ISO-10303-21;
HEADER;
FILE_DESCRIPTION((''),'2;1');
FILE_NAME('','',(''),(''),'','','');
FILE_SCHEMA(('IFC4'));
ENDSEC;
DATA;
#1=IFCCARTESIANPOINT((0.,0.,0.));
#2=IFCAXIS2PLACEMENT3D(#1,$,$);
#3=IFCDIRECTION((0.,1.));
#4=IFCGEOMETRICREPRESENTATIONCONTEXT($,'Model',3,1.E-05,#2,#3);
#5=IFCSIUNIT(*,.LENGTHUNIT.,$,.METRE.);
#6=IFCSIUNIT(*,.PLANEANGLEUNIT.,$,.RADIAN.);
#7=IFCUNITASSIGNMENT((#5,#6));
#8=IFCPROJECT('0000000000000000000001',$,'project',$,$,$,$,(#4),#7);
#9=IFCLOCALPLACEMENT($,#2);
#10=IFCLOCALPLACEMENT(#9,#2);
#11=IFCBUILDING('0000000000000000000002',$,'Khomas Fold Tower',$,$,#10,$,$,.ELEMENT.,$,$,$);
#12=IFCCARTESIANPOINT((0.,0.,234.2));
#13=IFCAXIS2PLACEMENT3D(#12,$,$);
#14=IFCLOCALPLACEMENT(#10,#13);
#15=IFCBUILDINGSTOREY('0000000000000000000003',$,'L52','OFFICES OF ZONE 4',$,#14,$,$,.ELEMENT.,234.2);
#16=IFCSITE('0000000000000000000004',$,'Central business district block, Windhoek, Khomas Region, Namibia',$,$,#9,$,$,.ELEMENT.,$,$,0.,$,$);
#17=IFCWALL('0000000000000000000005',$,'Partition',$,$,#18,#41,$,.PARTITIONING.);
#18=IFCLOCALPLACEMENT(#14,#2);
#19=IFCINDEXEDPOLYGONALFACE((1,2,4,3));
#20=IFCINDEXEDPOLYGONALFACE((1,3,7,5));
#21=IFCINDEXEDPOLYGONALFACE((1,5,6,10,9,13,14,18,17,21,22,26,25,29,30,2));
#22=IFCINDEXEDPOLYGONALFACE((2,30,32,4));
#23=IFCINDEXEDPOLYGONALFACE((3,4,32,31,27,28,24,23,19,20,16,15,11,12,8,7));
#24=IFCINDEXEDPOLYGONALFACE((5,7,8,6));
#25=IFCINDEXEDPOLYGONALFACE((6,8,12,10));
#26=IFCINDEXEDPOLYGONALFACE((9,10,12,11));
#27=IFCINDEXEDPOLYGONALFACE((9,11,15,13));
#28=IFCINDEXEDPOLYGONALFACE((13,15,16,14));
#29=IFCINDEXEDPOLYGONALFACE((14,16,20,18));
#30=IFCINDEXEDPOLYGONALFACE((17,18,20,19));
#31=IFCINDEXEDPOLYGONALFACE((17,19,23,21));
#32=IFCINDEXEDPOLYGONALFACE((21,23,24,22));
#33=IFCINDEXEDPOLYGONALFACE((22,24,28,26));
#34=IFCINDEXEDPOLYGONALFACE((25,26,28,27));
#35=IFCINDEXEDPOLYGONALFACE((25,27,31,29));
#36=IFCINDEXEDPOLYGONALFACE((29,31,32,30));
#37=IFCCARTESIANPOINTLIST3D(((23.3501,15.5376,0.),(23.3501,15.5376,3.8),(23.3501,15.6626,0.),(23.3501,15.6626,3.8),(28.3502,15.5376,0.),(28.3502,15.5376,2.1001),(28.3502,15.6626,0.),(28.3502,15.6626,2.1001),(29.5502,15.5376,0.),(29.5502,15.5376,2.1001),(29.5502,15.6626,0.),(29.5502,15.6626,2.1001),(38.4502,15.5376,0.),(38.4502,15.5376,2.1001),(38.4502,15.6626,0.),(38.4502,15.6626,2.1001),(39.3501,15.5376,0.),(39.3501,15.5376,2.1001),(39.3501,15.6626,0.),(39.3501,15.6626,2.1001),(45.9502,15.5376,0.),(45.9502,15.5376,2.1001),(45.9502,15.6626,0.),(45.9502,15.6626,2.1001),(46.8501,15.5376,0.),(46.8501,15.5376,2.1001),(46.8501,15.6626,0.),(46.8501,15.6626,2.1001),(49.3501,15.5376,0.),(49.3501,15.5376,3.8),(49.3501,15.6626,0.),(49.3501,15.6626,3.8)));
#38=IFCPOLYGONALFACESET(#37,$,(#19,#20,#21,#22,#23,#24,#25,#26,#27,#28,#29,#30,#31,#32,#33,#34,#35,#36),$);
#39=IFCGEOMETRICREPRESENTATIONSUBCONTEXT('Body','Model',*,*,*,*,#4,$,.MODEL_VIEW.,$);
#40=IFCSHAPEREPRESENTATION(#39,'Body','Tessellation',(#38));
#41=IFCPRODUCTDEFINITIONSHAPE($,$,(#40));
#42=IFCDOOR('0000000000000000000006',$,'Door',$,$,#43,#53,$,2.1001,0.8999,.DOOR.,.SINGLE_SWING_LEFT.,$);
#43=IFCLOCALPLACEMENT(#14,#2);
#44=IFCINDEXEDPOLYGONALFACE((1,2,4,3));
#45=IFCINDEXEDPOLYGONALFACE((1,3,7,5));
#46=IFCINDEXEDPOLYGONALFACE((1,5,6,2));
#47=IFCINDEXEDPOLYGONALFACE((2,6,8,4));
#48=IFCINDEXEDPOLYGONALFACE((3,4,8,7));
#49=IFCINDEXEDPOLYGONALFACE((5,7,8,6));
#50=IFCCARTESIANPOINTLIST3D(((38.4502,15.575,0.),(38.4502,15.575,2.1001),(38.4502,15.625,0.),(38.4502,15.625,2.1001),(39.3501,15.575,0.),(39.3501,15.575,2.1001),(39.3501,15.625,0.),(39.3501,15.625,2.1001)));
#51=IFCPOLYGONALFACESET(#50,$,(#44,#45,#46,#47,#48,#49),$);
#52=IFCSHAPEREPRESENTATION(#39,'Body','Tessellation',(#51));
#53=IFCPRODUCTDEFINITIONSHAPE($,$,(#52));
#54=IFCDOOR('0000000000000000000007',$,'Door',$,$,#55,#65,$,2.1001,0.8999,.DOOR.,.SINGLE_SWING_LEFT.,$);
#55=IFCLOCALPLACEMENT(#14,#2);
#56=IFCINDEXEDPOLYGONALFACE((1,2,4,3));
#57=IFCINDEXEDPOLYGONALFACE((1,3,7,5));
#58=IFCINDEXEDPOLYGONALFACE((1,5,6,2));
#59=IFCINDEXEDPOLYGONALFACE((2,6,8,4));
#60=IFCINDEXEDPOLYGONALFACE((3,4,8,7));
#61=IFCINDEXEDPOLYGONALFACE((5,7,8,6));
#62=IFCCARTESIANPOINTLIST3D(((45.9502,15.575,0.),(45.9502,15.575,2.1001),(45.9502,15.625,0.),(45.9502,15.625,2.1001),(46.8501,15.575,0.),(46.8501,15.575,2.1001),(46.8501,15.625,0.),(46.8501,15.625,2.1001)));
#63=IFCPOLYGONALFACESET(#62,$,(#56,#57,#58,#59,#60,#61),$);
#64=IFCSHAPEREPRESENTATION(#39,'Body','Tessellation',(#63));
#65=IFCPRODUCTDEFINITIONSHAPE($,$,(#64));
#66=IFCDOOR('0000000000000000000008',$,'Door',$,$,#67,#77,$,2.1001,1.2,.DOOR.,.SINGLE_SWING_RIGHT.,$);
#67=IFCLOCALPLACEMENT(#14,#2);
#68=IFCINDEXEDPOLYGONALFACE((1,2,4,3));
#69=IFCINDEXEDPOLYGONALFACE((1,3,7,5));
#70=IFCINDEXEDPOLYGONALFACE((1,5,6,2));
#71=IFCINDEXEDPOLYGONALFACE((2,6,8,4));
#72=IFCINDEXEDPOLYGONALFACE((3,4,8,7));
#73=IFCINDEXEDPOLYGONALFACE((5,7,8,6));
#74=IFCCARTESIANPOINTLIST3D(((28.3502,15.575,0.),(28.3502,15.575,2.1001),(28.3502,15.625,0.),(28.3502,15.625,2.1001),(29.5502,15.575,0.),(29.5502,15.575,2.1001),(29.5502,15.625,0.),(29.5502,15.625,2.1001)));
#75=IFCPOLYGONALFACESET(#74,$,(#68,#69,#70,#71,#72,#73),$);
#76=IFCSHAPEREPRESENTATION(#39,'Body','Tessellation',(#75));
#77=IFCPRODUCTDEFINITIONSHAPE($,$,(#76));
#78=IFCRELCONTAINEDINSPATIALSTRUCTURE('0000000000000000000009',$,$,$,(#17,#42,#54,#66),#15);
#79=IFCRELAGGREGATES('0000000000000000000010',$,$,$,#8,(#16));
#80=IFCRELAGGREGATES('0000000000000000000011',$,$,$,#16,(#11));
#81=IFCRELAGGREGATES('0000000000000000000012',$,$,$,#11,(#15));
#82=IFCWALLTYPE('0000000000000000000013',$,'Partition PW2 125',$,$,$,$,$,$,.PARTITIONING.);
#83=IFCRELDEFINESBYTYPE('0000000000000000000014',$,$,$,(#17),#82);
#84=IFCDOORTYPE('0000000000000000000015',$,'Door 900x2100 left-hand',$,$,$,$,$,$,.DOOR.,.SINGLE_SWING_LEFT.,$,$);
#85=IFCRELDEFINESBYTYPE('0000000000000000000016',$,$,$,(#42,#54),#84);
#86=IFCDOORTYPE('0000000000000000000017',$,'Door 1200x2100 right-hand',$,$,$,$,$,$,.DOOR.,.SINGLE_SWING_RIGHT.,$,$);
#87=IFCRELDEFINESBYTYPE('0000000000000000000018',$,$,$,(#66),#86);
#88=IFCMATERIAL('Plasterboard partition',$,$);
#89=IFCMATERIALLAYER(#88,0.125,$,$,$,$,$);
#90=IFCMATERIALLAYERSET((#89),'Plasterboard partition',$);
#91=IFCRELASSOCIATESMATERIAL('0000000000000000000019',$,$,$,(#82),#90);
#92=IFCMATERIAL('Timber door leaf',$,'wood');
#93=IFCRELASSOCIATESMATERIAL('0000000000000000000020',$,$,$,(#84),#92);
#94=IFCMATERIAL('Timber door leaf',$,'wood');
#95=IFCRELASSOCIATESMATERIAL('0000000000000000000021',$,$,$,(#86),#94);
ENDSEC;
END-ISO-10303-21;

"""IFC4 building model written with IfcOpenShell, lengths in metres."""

from ifc_helpers import new_model, si_unit, direction, frame, frame_2d, origin, place, context, subcontext, project, spatial, rectangle, extrude, source, transform, mapped, material, layer, layer_set, type_object, element, fill, save


model = new_model("IFC4")

# Units and contexts
model_context = context("Model", 3, precision=1e-05, world=origin(), true_north=direction((0.0, 1.0)))
body_context = subcontext(model_context, "Body", "Model", "MODEL_VIEW")
ifc_project = project(units=[si_unit("LENGTHUNIT", "METRE"), si_unit("PLANEANGLEUNIT", "RADIAN")], contexts=[model_context])

# Site, building, storey
site_placement = place(None, origin())
site = spatial("IfcSite", under=ifc_project, at=site_placement, Name="Central business district block, Windhoek, Khomas Region, Namibia", CompositionType="ELEMENT", RefElevation=0.0)
building_placement = place(site_placement, origin())
building = spatial("IfcBuilding", under=site, at=building_placement, Name="Khomas Fold Tower", CompositionType="ELEMENT")
storey_placement = place(building_placement, frame((0.0, 0.0, 234.2)))
storey = spatial("IfcBuildingStorey", under=building, at=storey_placement, Name="L52", Description="OFFICES OF ZONE 4", CompositionType="ELEMENT", Elevation=234.2)

# Wall, openings, doors
ifc_material_1 = material(Name="Plasterboard partition")
ifc_layer_1 = layer(ifc_material_1, 0.125)
ifc_layer_set_1 = layer_set([ifc_layer_1], Name="Plasterboard partition")
wall_type_1 = type_object("IfcWallType", Name="Partition PW2 125", PredefinedType="PARTITIONING", material=ifc_layer_set_1)
shared_shape_1 = source(origin(), body_context, "Body", "SweptSolid", [
    extrude(rectangle(XDim=26.0, YDim=0.125, at=frame_2d((13.0, 0.0))), origin(), (0.0, 0.0, 1.0), 3.8),
])
wall_1_placement = place(storey_placement, frame((23.3501, 15.6001, 0.0), z_axis=(0.0, 0.0, 1.0), x_axis=(1.0, 0.0, 0.0)))
wall_1 = element("IfcWall", 1, at=wall_1_placement, inside=storey, type_object=wall_type_1, Name="Partition", PredefinedType="PARTITIONING", context=body_context, shape_type="MappedRepresentation", body=[
    mapped(shared_shape_1, transform((0.0, 0.0, 0.0))),
])
shared_shape_2 = source(origin(), body_context, "Body", "SweptSolid", [
    extrude(rectangle(XDim=1.2, YDim=2.1001, at=frame_2d((0.6001, 1.05))), frame((0.0, 0.0725, 0.0), z_axis=(0.0, -1.0, 0.0), x_axis=(1.0, 0.0, 0.0)), (0.0, 0.0, 1.0), 0.145),
])
opening_1_placement = place(wall_1_placement, frame((5.0, 0.0, 0.0)))
opening_1 = element("IfcOpeningElement", 2, at=opening_1_placement, cuts=wall_1, PredefinedType="OPENING", context=body_context, shape_type="MappedRepresentation", body=[
    mapped(shared_shape_2, transform((0.0, 0.0, 0.0))),
])
shared_shape_3 = source(origin(), body_context, "Body", "SweptSolid", [
    extrude(rectangle(XDim=0.8999, YDim=2.1001, at=frame_2d((0.45, 1.05))), frame((0.0, 0.0725, 0.0), z_axis=(0.0, -1.0, 0.0), x_axis=(1.0, 0.0, 0.0)), (0.0, 0.0, 1.0), 0.145),
])
opening_2_placement = place(wall_1_placement, frame((15.1001, 0.0, 0.0)))
opening_2 = element("IfcOpeningElement", 3, at=opening_2_placement, cuts=wall_1, PredefinedType="OPENING", context=body_context, shape_type="MappedRepresentation", body=[
    mapped(shared_shape_3, transform((0.0, 0.0, 0.0))),
])
opening_3_placement = place(wall_1_placement, frame((22.6001, 0.0, 0.0)))
opening_3 = element("IfcOpeningElement", 4, at=opening_3_placement, cuts=wall_1, PredefinedType="OPENING", context=body_context, shape_type="MappedRepresentation", body=[
    mapped(shared_shape_3, transform((0.0, 0.0, 0.0))),
])
ifc_material_2 = material(Name="Timber door leaf", Category="wood")
door_type_1 = type_object("IfcDoorType", Name="Door 900x2100 left-hand", OperationType="SINGLE_SWING_LEFT", PredefinedType="DOOR", material=ifc_material_2)
shared_shape_4 = source(origin(), body_context, "Body", "SweptSolid", [
    extrude(rectangle(XDim=0.8999, YDim=2.1001, at=frame_2d((0.45, 1.05))), frame((0.0, 0.0249, 0.0), z_axis=(0.0, -1.0, 0.0), x_axis=(1.0, 0.0, 0.0)), (0.0, 0.0, 1.0), 0.05),
])
door_1_placement = place(opening_2_placement, origin())
door_1 = element("IfcDoor", 5, at=door_1_placement, inside=storey, type_object=door_type_1, Name="Door", OperationType="SINGLE_SWING_LEFT", OverallHeight=2.1001, OverallWidth=0.8999, PredefinedType="DOOR", context=body_context, shape_type="MappedRepresentation", body=[
    mapped(shared_shape_4, transform((0.0, 0.0, 0.0))),
])
fill(opening_2, door_1)
door_2_placement = place(opening_3_placement, origin())
door_2 = element("IfcDoor", 6, at=door_2_placement, inside=storey, type_object=door_type_1, Name="Door", OperationType="SINGLE_SWING_LEFT", OverallHeight=2.1001, OverallWidth=0.8999, PredefinedType="DOOR", context=body_context, shape_type="MappedRepresentation", body=[
    mapped(shared_shape_4, transform((0.0, 0.0, 0.0))),
])
fill(opening_3, door_2)
ifc_material_3 = material(Name="Timber door leaf", Category="wood")
door_type_2 = type_object("IfcDoorType", Name="Door 1200x2100 right-hand", OperationType="SINGLE_SWING_RIGHT", PredefinedType="DOOR", material=ifc_material_3)
shared_shape_5 = source(origin(), body_context, "Body", "SweptSolid", [
    extrude(rectangle(XDim=1.2, YDim=2.1001, at=frame_2d((0.6001, 1.05))), frame((0.0, 0.0249, 0.0), z_axis=(0.0, -1.0, 0.0), x_axis=(1.0, 0.0, 0.0)), (0.0, 0.0, 1.0), 0.05),
])
door_3_placement = place(opening_1_placement, origin())
door_3 = element("IfcDoor", 7, at=door_3_placement, inside=storey, type_object=door_type_2, Name="Door", OperationType="SINGLE_SWING_RIGHT", OverallHeight=2.1001, OverallWidth=1.2, PredefinedType="DOOR", context=body_context, shape_type="MappedRepresentation", body=[
    mapped(shared_shape_5, transform((0.0, 0.0, 0.0))),
])
fill(opening_1, door_3)

save(model, "model.ifc")
